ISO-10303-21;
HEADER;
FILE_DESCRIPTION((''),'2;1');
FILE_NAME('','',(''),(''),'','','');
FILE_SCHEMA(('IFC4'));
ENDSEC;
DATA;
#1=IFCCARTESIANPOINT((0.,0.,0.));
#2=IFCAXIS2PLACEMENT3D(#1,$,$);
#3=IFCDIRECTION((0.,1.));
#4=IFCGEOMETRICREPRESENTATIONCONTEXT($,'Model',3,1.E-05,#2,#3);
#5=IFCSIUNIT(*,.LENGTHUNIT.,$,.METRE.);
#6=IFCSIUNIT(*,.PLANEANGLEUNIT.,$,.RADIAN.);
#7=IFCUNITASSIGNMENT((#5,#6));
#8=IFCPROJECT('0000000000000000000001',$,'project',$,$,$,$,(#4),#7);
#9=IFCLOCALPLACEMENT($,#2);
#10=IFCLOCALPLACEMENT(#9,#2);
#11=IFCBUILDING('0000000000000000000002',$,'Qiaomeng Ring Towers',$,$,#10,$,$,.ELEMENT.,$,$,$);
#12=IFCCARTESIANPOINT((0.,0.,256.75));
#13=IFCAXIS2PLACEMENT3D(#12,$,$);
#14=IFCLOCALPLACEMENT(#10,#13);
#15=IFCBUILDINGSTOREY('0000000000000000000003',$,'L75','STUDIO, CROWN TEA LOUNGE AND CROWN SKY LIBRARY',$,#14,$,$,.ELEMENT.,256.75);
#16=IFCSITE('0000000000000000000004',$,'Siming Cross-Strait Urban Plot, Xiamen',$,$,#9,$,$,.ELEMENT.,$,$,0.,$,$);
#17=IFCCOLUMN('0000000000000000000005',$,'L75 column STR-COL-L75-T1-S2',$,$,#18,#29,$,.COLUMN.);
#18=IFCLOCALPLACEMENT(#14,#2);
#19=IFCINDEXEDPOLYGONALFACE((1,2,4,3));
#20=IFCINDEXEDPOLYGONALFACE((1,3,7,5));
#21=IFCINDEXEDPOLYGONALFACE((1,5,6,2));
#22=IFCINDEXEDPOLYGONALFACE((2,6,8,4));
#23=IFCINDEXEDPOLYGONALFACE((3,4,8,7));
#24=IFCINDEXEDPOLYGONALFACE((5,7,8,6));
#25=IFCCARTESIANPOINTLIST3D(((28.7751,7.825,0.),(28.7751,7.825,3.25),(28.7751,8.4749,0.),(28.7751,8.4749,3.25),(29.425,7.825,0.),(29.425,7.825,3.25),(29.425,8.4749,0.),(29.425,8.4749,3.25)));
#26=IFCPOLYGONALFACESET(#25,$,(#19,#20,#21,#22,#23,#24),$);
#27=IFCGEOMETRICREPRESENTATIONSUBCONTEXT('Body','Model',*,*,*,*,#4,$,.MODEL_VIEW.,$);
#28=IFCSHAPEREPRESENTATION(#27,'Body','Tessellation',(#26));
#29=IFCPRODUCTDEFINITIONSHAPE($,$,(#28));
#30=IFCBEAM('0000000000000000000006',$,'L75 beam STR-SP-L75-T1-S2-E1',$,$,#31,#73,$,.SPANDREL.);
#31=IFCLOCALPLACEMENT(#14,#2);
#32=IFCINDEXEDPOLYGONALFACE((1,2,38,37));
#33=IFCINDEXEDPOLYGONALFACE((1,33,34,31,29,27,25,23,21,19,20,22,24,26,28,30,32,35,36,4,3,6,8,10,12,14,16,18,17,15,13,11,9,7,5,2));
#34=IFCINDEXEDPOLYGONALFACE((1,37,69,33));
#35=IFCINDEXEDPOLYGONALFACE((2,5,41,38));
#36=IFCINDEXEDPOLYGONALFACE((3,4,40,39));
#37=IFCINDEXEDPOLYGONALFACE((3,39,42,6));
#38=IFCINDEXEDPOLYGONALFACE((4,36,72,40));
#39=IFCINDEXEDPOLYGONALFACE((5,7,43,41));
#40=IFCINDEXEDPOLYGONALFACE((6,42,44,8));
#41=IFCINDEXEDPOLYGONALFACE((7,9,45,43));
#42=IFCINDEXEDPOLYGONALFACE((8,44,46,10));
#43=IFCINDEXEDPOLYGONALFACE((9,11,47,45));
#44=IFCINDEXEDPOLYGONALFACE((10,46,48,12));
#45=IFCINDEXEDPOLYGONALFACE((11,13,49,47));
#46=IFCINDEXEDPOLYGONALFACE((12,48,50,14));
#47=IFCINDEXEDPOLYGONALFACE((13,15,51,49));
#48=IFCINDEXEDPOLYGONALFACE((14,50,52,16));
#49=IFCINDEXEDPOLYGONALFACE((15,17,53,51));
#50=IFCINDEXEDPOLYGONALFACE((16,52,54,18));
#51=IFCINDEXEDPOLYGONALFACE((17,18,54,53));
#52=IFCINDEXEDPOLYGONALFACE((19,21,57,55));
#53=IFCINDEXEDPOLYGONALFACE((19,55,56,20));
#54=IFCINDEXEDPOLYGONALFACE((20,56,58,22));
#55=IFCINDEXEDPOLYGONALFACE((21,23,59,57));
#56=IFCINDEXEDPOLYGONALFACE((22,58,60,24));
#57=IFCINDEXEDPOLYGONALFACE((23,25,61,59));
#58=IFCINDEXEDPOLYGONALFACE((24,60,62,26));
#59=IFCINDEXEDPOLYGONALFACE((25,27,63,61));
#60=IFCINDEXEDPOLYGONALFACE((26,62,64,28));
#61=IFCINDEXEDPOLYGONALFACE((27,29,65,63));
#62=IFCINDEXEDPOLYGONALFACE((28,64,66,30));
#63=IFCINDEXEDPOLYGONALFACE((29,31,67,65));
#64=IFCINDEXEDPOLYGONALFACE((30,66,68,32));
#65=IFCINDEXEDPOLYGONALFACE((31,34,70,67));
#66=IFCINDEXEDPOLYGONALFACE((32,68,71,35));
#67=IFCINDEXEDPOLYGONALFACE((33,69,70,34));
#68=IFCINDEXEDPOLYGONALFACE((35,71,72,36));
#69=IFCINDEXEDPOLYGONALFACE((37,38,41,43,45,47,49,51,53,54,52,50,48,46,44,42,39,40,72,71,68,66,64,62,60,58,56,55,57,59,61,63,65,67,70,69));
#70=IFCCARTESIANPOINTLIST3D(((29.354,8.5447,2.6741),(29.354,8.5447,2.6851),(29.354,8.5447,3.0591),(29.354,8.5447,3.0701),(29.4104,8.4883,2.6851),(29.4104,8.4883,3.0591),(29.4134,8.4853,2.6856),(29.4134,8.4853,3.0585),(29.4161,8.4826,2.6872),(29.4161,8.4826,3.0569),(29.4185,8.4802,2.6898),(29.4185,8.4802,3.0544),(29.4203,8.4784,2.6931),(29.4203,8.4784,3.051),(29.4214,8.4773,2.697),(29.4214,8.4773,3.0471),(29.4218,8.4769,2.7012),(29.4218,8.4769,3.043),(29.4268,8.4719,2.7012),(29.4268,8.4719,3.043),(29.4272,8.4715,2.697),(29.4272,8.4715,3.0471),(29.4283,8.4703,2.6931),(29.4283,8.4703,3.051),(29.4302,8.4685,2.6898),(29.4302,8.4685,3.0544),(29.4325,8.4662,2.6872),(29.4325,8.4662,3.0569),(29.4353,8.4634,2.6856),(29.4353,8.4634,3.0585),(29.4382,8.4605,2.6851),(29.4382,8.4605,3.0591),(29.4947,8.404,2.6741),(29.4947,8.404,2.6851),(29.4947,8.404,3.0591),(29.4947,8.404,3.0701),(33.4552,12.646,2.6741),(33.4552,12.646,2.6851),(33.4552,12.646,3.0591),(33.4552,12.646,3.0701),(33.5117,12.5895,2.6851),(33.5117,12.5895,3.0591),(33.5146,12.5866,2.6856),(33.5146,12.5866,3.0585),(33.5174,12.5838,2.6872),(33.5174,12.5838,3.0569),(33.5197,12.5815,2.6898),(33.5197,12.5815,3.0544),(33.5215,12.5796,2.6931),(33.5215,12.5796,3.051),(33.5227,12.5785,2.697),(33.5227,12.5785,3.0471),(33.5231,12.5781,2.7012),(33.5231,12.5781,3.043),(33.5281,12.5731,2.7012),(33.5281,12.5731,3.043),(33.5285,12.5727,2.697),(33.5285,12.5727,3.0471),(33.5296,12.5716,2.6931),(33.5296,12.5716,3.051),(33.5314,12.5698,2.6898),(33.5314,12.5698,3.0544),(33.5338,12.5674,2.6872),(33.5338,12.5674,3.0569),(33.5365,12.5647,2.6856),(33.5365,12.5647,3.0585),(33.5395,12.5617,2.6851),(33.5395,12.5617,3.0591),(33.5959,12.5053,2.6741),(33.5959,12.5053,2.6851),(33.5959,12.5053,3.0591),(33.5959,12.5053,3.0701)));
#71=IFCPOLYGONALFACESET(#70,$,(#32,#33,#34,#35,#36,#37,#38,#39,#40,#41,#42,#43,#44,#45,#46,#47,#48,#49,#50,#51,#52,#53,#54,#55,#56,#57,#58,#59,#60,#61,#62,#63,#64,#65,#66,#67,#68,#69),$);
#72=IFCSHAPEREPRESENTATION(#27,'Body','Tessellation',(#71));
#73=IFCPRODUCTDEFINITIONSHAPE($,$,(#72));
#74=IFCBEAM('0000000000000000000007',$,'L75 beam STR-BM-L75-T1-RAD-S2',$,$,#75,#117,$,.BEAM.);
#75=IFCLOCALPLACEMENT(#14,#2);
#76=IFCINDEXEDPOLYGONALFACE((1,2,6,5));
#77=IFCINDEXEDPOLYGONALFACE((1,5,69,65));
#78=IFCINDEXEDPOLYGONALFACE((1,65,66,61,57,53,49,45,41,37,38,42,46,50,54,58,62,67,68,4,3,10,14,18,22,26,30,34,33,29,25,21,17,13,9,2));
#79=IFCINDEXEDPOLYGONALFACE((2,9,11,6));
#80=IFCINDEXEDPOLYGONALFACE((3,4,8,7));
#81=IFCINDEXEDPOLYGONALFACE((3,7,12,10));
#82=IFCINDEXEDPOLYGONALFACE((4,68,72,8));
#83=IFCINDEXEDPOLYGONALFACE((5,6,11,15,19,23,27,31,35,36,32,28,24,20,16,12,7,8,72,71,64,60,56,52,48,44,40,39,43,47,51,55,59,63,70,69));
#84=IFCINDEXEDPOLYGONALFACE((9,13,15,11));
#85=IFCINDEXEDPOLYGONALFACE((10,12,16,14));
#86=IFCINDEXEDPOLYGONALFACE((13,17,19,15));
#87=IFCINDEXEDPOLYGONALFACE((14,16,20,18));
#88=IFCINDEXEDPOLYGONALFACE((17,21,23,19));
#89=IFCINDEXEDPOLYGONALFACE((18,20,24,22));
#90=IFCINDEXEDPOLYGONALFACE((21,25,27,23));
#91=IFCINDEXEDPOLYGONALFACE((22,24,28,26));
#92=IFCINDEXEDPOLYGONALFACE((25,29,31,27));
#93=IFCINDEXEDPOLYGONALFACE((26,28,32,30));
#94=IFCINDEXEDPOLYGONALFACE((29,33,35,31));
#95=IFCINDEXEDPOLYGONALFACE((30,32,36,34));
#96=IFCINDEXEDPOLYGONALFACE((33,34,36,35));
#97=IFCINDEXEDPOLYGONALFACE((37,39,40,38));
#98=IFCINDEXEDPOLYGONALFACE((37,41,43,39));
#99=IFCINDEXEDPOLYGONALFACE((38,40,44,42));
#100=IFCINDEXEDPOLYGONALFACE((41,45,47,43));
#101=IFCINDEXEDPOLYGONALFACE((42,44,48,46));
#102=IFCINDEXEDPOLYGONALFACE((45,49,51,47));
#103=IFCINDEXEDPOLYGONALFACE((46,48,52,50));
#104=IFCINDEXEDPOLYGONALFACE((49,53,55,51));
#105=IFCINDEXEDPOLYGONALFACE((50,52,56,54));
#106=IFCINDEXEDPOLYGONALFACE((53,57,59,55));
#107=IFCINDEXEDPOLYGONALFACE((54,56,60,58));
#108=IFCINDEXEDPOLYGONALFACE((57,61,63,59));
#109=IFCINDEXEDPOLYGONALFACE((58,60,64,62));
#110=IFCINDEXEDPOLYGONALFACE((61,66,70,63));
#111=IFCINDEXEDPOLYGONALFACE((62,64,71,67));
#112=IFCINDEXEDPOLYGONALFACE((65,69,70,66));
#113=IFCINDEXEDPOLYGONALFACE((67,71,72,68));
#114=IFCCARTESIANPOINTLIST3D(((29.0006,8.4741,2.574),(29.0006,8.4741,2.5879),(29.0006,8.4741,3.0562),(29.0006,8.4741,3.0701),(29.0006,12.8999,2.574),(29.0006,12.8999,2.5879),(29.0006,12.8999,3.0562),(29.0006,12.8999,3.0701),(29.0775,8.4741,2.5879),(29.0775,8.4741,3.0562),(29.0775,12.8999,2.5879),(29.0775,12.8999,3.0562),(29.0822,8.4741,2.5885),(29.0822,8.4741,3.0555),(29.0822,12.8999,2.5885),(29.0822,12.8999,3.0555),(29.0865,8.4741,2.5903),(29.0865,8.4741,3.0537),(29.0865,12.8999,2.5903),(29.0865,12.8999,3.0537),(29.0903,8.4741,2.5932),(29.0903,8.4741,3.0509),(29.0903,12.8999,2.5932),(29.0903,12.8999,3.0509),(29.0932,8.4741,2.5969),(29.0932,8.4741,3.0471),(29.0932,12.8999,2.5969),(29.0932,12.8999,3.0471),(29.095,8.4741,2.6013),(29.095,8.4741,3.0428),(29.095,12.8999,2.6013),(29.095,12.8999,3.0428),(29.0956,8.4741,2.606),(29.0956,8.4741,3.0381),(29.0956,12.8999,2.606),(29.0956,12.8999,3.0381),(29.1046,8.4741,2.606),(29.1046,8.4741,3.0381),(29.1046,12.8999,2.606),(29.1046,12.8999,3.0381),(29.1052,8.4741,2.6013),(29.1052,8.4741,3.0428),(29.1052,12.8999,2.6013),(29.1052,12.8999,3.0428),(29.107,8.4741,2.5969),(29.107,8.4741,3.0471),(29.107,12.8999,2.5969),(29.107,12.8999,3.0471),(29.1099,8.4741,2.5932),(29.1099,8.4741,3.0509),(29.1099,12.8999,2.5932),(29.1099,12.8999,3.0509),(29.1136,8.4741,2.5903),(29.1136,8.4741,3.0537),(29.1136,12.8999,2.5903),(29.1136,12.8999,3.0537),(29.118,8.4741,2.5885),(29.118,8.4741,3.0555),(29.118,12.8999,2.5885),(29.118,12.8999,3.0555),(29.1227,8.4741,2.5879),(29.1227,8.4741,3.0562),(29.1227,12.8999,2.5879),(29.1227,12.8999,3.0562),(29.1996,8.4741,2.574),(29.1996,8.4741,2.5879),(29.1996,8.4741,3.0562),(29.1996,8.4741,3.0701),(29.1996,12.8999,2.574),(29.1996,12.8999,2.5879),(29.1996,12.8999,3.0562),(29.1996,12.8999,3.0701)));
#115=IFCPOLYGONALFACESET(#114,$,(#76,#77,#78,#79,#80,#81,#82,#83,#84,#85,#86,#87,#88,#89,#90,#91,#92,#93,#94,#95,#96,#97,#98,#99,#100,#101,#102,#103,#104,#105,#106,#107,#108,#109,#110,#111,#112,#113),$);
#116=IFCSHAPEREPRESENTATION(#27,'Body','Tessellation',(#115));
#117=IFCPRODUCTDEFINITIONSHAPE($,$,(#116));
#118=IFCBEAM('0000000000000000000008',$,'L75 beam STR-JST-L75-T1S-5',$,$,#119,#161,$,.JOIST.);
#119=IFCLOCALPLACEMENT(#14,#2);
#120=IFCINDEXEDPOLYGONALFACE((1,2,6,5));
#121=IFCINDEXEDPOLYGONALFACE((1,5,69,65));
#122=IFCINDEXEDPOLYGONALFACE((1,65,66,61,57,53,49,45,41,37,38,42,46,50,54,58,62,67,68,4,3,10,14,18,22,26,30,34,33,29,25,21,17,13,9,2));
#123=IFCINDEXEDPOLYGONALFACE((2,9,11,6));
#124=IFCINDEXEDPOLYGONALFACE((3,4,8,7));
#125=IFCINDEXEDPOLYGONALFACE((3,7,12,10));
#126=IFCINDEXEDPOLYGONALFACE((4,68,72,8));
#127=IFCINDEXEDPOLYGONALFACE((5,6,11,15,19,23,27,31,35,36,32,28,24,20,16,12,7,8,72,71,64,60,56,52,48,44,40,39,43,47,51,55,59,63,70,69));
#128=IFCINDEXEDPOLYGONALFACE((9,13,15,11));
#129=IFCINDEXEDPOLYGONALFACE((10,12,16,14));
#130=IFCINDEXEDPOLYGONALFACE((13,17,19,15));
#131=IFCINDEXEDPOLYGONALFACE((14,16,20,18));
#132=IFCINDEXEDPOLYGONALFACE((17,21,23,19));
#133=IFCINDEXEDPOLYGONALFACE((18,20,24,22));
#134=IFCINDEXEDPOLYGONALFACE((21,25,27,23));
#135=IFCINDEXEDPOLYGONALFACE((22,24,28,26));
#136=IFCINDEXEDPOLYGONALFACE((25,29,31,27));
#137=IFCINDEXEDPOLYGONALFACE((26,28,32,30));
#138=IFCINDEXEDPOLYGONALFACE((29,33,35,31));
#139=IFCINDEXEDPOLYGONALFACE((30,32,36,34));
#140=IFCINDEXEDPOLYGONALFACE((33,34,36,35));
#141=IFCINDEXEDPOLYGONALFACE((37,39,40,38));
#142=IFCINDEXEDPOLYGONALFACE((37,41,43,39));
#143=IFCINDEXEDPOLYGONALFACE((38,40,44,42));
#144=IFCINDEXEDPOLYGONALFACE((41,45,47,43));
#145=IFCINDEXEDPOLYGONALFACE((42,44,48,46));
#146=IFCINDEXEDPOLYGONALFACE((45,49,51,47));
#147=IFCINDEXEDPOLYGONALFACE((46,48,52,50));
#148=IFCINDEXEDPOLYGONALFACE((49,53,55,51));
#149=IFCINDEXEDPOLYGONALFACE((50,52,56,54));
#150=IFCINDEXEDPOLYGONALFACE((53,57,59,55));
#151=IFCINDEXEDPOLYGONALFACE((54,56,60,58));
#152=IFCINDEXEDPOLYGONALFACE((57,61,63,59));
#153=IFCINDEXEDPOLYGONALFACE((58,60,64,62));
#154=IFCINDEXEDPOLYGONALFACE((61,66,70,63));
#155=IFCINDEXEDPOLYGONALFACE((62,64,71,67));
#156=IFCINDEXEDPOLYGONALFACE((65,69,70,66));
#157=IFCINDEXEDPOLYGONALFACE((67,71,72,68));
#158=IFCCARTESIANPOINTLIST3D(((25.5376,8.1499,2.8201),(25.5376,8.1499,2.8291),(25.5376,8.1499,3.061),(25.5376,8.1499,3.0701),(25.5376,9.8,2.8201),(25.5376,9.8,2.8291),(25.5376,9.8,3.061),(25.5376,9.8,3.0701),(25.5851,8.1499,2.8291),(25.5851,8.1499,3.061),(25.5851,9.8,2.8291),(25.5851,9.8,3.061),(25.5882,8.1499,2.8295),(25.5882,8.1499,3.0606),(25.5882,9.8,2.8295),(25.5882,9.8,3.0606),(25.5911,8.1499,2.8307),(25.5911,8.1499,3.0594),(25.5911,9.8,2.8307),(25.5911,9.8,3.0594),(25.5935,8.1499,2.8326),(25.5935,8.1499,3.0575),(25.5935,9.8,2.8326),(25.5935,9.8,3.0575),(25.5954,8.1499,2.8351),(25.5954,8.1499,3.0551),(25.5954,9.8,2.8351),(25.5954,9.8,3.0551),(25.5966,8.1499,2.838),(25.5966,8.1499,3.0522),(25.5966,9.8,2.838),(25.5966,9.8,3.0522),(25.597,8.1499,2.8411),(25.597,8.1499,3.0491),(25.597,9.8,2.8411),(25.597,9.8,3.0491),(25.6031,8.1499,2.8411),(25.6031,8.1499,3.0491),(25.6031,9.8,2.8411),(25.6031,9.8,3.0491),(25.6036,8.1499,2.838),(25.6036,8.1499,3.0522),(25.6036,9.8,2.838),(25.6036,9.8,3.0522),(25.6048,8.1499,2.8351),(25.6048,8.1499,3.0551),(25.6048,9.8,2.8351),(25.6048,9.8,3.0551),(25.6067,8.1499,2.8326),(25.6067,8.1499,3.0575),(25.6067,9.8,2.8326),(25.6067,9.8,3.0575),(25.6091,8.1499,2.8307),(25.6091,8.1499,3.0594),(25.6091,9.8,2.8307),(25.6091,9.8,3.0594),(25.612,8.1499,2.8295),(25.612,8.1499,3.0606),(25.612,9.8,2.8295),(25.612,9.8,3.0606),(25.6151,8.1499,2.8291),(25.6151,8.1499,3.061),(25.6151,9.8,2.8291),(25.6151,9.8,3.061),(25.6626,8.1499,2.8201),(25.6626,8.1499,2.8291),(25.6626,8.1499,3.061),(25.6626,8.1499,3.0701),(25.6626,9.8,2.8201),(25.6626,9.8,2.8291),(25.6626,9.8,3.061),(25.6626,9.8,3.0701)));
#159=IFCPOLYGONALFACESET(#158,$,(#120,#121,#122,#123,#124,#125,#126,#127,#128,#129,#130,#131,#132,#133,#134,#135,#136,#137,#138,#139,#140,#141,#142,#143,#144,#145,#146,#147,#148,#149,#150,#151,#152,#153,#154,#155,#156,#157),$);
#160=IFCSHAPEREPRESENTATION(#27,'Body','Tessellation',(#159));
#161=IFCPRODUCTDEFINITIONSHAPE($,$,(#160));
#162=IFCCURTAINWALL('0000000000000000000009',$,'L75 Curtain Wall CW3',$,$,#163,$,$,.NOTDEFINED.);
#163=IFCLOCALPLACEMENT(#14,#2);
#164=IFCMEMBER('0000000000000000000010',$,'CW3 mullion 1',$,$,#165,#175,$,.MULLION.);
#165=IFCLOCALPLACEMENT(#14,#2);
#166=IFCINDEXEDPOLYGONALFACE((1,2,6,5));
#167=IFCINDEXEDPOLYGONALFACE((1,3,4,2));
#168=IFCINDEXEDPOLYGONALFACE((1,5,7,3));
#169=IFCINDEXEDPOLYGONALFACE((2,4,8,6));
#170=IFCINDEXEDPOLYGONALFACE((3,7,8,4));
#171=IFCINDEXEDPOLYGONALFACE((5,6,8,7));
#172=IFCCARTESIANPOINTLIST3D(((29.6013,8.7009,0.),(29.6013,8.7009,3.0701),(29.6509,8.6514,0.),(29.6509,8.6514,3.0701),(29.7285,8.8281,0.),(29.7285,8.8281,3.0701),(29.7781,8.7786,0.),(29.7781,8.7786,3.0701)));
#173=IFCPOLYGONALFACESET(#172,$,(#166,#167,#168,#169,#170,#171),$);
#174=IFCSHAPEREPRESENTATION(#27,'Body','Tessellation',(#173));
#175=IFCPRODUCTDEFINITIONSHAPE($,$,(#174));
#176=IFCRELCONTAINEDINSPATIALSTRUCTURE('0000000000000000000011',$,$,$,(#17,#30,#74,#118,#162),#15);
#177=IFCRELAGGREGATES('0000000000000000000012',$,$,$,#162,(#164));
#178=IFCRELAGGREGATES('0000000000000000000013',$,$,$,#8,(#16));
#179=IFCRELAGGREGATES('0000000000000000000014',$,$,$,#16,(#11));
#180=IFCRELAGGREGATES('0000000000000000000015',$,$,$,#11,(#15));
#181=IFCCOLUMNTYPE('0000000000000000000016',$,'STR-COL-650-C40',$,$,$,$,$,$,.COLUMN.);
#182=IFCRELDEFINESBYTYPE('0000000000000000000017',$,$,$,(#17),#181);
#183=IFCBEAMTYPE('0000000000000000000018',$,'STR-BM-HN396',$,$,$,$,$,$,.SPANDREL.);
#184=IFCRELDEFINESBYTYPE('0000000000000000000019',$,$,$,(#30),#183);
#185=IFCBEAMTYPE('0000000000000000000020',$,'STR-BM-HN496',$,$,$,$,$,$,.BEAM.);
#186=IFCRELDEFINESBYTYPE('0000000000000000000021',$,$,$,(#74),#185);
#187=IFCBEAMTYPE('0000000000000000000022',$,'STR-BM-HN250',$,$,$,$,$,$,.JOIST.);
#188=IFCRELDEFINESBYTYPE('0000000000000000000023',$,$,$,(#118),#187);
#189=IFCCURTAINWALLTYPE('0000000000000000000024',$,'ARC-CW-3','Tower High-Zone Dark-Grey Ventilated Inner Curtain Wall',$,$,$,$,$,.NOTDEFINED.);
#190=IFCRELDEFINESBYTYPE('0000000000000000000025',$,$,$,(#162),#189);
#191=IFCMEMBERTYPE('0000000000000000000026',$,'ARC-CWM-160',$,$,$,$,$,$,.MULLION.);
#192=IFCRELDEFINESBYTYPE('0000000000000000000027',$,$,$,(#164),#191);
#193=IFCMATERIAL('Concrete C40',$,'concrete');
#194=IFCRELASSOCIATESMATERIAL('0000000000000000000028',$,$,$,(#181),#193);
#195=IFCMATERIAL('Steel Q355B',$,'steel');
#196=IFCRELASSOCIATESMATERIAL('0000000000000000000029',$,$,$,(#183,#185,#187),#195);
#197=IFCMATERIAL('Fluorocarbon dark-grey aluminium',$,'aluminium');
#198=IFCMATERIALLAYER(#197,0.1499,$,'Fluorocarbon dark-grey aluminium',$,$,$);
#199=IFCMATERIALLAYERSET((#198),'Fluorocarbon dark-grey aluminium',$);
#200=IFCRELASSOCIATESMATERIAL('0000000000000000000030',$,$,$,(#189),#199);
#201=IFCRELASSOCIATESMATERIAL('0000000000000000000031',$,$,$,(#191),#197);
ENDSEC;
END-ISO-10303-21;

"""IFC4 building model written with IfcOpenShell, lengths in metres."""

from ifc_helpers import new_model, si_unit, direction, frame, origin, origin_2d, place, context, subcontext, project, spatial, rectangle, i_section, extrude, source, transform, mapped, material, layer, layer_set, material_profile, profile_set, type_object, element, aggregate, save


model = new_model("IFC4")

# Units and contexts
model_context = context("Model", 3, precision=1e-05, world=origin(), true_north=direction((0.0, 1.0)))
body_context = subcontext(model_context, "Body", "Model", "MODEL_VIEW")
ifc_project = project(units=[si_unit("LENGTHUNIT", "METRE"), si_unit("PLANEANGLEUNIT", "RADIAN")], contexts=[model_context])

# Site, building, storey
site_placement = place(None, origin())
site = spatial("IfcSite", under=ifc_project, at=site_placement, Name="Siming Cross-Strait Urban Plot, Xiamen", CompositionType="ELEMENT", RefElevation=0.0)
building_placement = place(site_placement, origin())
building = spatial("IfcBuilding", under=site, at=building_placement, Name="Qiaomeng Ring Towers", CompositionType="ELEMENT")
storey_placement = place(building_placement, frame((0.0, 0.0, 256.75)))
storey = spatial("IfcBuildingStorey", under=building, at=storey_placement, Name="L75", Description="STUDIO, CROWN TEA LOUNGE AND CROWN SKY LIBRARY", CompositionType="ELEMENT", Elevation=256.75)

# Column
ifc_material_1 = material(Name="Concrete C40", Category="concrete")
ifc_material_profile_1 = material_profile(ifc_material_1, rectangle(XDim=0.6499, YDim=0.6499, at=origin_2d()), Name="RC COL 650x650")
ifc_profile_set_1 = profile_set([ifc_material_profile_1], Name="Concrete C40")
column_type = type_object("IfcColumnType", Name="STR-COL-650-C40", PredefinedType="COLUMN", material=ifc_profile_set_1)
shared_shape_1 = source(origin(), body_context, "Body", "SweptSolid", [
    extrude(rectangle(XDim=0.6499, YDim=0.6499, at=origin_2d()), origin(), (0.0, 0.0, 1.0), 3.25),
])
column_placement = place(storey_placement, frame((29.1001, 8.1499, 0.0), z_axis=(0.0, 0.0, 1.0), x_axis=(1.0, 0.0, 0.0)))
element("IfcColumn", 1, at=column_placement, inside=storey, type_object=column_type, Name="L75 column STR-COL-L75-T1-S2", PredefinedType="COLUMN", context=body_context, shape_type="MappedRepresentation", body=[
    mapped(shared_shape_1, transform((0.0, 0.0, 0.0), x_axis=(1.0, 0.0, 0.0), y_axis=(0.0, 1.0, 0.0), z_axis=(0.0, 0.0, 1.0), scale=1.0)),
])

# Beams
ifc_material_2 = material(Name="Steel Q355B", Category="steel")
ifc_material_profile_2 = material_profile(ifc_material_2, i_section(OverallWidth=0.199, OverallDepth=0.396, WebThickness=0.0071, FlangeThickness=0.011, FilletRadius=0.0161, at=origin_2d()), Name="HN 396x199x7x11")
ifc_profile_set_2 = profile_set([ifc_material_profile_2], Name="Steel Q355B")
beam_type_1 = type_object("IfcBeamType", Name="STR-BM-HN396", PredefinedType="SPANDREL", material=ifc_profile_set_2)
shared_shape_2 = source(origin(), body_context, "Body", "SweptSolid", [
    extrude(i_section(OverallWidth=0.199, OverallDepth=0.396, WebThickness=0.0071, FlangeThickness=0.011, FilletRadius=0.0161, at=origin_2d()), origin(), (0.0, 0.0, 1.0), 5.8),
])
beam_1_placement = place(storey_placement, frame((29.4243, 8.4744, 2.8721), z_axis=(0.707107, 0.707107, 0.0), x_axis=(-0.707107, 0.707107, 0.0)))
element("IfcBeam", 2, at=beam_1_placement, inside=storey, type_object=beam_type_1, Name="L75 beam STR-SP-L75-T1-S2-E1", PredefinedType="SPANDREL", context=body_context, shape_type="MappedRepresentation", body=[
    mapped(shared_shape_2, transform((0.0, 0.0, 0.0), x_axis=(1.0, 0.0, 0.0), y_axis=(0.0, 1.0, 0.0), z_axis=(0.0, 0.0, 1.0), scale=1.0)),
])
ifc_material_profile_3 = material_profile(ifc_material_2, i_section(OverallWidth=0.199, OverallDepth=0.4961, WebThickness=0.009, FlangeThickness=0.0139, FilletRadius=0.0181, at=origin_2d()), Name="HN 496x199x9x14")
ifc_profile_set_3 = profile_set([ifc_material_profile_3], Name="Steel Q355B")
beam_type_2 = type_object("IfcBeamType", Name="STR-BM-HN496", PredefinedType="BEAM", material=ifc_profile_set_3)
shared_shape_3 = source(origin(), body_context, "Body", "SweptSolid", [
    extrude(i_section(OverallWidth=0.199, OverallDepth=0.4961, WebThickness=0.009, FlangeThickness=0.0139, FilletRadius=0.0181, at=origin_2d()), origin(), (0.0, 0.0, 1.0), 4.4258),
])
beam_2_placement = place(storey_placement, frame((29.1001, 8.4741, 2.822), z_axis=(0.0, 1.0, 0.0), x_axis=(-1.0, 0.0, 0.0)))
element("IfcBeam", 3, at=beam_2_placement, inside=storey, type_object=beam_type_2, Name="L75 beam STR-BM-L75-T1-RAD-S2", PredefinedType="BEAM", context=body_context, shape_type="MappedRepresentation", body=[
    mapped(shared_shape_3, transform((0.0, 0.0, 0.0), x_axis=(1.0, 0.0, 0.0), y_axis=(0.0, 1.0, 0.0), z_axis=(0.0, 0.0, 1.0), scale=1.0)),
])
ifc_material_profile_4 = material_profile(ifc_material_2, i_section(OverallWidth=0.125, OverallDepth=0.25, WebThickness=0.0061, FlangeThickness=0.009, FilletRadius=0.012, at=origin_2d()), Name="HN 250x125x6x9")
ifc_profile_set_4 = profile_set([ifc_material_profile_4], Name="Steel Q355B")
beam_type_3 = type_object("IfcBeamType", Name="STR-BM-HN250", PredefinedType="JOIST", material=ifc_profile_set_4)
shared_shape_4 = source(origin(), body_context, "Body", "SweptSolid", [
    extrude(i_section(OverallWidth=0.125, OverallDepth=0.25, WebThickness=0.0061, FlangeThickness=0.009, FilletRadius=0.012, at=origin_2d()), origin(), (0.0, 0.0, 1.0), 1.6501),
])
beam_3_placement = place(storey_placement, frame((25.6001, 8.1499, 2.9451), z_axis=(0.0, 1.0, 0.0), x_axis=(-1.0, 0.0, 0.0)))
element("IfcBeam", 4, at=beam_3_placement, inside=storey, type_object=beam_type_3, Name="L75 beam STR-JST-L75-T1S-5", PredefinedType="JOIST", context=body_context, shape_type="MappedRepresentation", body=[
    mapped(shared_shape_4, transform((0.0, 0.0, 0.0), x_axis=(1.0, 0.0, 0.0), y_axis=(0.0, 1.0, 0.0), z_axis=(0.0, 0.0, 1.0), scale=1.0)),
])

# Curtain wall, member
ifc_material_3 = material(Name="Fluorocarbon dark-grey aluminium", Category="aluminium")
ifc_layer_1 = layer(ifc_material_3, 0.1499, Name="Fluorocarbon dark-grey aluminium")
ifc_layer_set_1 = layer_set([ifc_layer_1], Name="Fluorocarbon dark-grey aluminium")
curtain_wall_type = type_object("IfcCurtainWallType", Name="ARC-CW-3", Description="Tower High-Zone Dark-Grey Ventilated Inner Curtain Wall", PredefinedType="NOTDEFINED", material=ifc_layer_set_1)
curtain_wall_placement = place(storey_placement, origin())
curtain_wall = element("IfcCurtainWall", 5, at=curtain_wall_placement, inside=storey, type_object=curtain_wall_type, Name="L75 Curtain Wall CW3", PredefinedType="NOTDEFINED")
ifc_material_profile_5 = material_profile(ifc_material_3, rectangle(XDim=0.0701, YDim=0.1799, at=origin_2d()), Name="ALU MULL 70x180")
ifc_profile_set_5 = profile_set([ifc_material_profile_5], Name="Fluorocarbon dark-grey aluminium")
member_type_1 = type_object("IfcMemberType", Name="ARC-CWM-160", PredefinedType="MULLION", material=ifc_profile_set_5)
shared_shape_5 = source(origin(), body_context, "Body", "SweptSolid", [
    extrude(rectangle(XDim=0.0701, YDim=0.1799, at=origin_2d()), origin(), (0.0, 0.0, 1.0), 3.0701),
])
member_1_placement = place(storey_placement, frame((29.6897, 8.7397, 0.0), z_axis=(0.0, 0.0, 1.0), x_axis=(-0.707107, 0.707107, 0.0)))
member_1 = element("IfcMember", 6, at=member_1_placement, type_object=member_type_1, Name="CW3 mullion 1", PredefinedType="MULLION", context=body_context, shape_type="MappedRepresentation", body=[
    mapped(shared_shape_5, transform((0.0, 0.0, 0.0), x_axis=(1.0, 0.0, 0.0), y_axis=(0.0, 1.0, 0.0), z_axis=(0.0, 0.0, 1.0), scale=1.0)),
])
aggregate(curtain_wall, [member_1])

save(model, "model.ifc")
